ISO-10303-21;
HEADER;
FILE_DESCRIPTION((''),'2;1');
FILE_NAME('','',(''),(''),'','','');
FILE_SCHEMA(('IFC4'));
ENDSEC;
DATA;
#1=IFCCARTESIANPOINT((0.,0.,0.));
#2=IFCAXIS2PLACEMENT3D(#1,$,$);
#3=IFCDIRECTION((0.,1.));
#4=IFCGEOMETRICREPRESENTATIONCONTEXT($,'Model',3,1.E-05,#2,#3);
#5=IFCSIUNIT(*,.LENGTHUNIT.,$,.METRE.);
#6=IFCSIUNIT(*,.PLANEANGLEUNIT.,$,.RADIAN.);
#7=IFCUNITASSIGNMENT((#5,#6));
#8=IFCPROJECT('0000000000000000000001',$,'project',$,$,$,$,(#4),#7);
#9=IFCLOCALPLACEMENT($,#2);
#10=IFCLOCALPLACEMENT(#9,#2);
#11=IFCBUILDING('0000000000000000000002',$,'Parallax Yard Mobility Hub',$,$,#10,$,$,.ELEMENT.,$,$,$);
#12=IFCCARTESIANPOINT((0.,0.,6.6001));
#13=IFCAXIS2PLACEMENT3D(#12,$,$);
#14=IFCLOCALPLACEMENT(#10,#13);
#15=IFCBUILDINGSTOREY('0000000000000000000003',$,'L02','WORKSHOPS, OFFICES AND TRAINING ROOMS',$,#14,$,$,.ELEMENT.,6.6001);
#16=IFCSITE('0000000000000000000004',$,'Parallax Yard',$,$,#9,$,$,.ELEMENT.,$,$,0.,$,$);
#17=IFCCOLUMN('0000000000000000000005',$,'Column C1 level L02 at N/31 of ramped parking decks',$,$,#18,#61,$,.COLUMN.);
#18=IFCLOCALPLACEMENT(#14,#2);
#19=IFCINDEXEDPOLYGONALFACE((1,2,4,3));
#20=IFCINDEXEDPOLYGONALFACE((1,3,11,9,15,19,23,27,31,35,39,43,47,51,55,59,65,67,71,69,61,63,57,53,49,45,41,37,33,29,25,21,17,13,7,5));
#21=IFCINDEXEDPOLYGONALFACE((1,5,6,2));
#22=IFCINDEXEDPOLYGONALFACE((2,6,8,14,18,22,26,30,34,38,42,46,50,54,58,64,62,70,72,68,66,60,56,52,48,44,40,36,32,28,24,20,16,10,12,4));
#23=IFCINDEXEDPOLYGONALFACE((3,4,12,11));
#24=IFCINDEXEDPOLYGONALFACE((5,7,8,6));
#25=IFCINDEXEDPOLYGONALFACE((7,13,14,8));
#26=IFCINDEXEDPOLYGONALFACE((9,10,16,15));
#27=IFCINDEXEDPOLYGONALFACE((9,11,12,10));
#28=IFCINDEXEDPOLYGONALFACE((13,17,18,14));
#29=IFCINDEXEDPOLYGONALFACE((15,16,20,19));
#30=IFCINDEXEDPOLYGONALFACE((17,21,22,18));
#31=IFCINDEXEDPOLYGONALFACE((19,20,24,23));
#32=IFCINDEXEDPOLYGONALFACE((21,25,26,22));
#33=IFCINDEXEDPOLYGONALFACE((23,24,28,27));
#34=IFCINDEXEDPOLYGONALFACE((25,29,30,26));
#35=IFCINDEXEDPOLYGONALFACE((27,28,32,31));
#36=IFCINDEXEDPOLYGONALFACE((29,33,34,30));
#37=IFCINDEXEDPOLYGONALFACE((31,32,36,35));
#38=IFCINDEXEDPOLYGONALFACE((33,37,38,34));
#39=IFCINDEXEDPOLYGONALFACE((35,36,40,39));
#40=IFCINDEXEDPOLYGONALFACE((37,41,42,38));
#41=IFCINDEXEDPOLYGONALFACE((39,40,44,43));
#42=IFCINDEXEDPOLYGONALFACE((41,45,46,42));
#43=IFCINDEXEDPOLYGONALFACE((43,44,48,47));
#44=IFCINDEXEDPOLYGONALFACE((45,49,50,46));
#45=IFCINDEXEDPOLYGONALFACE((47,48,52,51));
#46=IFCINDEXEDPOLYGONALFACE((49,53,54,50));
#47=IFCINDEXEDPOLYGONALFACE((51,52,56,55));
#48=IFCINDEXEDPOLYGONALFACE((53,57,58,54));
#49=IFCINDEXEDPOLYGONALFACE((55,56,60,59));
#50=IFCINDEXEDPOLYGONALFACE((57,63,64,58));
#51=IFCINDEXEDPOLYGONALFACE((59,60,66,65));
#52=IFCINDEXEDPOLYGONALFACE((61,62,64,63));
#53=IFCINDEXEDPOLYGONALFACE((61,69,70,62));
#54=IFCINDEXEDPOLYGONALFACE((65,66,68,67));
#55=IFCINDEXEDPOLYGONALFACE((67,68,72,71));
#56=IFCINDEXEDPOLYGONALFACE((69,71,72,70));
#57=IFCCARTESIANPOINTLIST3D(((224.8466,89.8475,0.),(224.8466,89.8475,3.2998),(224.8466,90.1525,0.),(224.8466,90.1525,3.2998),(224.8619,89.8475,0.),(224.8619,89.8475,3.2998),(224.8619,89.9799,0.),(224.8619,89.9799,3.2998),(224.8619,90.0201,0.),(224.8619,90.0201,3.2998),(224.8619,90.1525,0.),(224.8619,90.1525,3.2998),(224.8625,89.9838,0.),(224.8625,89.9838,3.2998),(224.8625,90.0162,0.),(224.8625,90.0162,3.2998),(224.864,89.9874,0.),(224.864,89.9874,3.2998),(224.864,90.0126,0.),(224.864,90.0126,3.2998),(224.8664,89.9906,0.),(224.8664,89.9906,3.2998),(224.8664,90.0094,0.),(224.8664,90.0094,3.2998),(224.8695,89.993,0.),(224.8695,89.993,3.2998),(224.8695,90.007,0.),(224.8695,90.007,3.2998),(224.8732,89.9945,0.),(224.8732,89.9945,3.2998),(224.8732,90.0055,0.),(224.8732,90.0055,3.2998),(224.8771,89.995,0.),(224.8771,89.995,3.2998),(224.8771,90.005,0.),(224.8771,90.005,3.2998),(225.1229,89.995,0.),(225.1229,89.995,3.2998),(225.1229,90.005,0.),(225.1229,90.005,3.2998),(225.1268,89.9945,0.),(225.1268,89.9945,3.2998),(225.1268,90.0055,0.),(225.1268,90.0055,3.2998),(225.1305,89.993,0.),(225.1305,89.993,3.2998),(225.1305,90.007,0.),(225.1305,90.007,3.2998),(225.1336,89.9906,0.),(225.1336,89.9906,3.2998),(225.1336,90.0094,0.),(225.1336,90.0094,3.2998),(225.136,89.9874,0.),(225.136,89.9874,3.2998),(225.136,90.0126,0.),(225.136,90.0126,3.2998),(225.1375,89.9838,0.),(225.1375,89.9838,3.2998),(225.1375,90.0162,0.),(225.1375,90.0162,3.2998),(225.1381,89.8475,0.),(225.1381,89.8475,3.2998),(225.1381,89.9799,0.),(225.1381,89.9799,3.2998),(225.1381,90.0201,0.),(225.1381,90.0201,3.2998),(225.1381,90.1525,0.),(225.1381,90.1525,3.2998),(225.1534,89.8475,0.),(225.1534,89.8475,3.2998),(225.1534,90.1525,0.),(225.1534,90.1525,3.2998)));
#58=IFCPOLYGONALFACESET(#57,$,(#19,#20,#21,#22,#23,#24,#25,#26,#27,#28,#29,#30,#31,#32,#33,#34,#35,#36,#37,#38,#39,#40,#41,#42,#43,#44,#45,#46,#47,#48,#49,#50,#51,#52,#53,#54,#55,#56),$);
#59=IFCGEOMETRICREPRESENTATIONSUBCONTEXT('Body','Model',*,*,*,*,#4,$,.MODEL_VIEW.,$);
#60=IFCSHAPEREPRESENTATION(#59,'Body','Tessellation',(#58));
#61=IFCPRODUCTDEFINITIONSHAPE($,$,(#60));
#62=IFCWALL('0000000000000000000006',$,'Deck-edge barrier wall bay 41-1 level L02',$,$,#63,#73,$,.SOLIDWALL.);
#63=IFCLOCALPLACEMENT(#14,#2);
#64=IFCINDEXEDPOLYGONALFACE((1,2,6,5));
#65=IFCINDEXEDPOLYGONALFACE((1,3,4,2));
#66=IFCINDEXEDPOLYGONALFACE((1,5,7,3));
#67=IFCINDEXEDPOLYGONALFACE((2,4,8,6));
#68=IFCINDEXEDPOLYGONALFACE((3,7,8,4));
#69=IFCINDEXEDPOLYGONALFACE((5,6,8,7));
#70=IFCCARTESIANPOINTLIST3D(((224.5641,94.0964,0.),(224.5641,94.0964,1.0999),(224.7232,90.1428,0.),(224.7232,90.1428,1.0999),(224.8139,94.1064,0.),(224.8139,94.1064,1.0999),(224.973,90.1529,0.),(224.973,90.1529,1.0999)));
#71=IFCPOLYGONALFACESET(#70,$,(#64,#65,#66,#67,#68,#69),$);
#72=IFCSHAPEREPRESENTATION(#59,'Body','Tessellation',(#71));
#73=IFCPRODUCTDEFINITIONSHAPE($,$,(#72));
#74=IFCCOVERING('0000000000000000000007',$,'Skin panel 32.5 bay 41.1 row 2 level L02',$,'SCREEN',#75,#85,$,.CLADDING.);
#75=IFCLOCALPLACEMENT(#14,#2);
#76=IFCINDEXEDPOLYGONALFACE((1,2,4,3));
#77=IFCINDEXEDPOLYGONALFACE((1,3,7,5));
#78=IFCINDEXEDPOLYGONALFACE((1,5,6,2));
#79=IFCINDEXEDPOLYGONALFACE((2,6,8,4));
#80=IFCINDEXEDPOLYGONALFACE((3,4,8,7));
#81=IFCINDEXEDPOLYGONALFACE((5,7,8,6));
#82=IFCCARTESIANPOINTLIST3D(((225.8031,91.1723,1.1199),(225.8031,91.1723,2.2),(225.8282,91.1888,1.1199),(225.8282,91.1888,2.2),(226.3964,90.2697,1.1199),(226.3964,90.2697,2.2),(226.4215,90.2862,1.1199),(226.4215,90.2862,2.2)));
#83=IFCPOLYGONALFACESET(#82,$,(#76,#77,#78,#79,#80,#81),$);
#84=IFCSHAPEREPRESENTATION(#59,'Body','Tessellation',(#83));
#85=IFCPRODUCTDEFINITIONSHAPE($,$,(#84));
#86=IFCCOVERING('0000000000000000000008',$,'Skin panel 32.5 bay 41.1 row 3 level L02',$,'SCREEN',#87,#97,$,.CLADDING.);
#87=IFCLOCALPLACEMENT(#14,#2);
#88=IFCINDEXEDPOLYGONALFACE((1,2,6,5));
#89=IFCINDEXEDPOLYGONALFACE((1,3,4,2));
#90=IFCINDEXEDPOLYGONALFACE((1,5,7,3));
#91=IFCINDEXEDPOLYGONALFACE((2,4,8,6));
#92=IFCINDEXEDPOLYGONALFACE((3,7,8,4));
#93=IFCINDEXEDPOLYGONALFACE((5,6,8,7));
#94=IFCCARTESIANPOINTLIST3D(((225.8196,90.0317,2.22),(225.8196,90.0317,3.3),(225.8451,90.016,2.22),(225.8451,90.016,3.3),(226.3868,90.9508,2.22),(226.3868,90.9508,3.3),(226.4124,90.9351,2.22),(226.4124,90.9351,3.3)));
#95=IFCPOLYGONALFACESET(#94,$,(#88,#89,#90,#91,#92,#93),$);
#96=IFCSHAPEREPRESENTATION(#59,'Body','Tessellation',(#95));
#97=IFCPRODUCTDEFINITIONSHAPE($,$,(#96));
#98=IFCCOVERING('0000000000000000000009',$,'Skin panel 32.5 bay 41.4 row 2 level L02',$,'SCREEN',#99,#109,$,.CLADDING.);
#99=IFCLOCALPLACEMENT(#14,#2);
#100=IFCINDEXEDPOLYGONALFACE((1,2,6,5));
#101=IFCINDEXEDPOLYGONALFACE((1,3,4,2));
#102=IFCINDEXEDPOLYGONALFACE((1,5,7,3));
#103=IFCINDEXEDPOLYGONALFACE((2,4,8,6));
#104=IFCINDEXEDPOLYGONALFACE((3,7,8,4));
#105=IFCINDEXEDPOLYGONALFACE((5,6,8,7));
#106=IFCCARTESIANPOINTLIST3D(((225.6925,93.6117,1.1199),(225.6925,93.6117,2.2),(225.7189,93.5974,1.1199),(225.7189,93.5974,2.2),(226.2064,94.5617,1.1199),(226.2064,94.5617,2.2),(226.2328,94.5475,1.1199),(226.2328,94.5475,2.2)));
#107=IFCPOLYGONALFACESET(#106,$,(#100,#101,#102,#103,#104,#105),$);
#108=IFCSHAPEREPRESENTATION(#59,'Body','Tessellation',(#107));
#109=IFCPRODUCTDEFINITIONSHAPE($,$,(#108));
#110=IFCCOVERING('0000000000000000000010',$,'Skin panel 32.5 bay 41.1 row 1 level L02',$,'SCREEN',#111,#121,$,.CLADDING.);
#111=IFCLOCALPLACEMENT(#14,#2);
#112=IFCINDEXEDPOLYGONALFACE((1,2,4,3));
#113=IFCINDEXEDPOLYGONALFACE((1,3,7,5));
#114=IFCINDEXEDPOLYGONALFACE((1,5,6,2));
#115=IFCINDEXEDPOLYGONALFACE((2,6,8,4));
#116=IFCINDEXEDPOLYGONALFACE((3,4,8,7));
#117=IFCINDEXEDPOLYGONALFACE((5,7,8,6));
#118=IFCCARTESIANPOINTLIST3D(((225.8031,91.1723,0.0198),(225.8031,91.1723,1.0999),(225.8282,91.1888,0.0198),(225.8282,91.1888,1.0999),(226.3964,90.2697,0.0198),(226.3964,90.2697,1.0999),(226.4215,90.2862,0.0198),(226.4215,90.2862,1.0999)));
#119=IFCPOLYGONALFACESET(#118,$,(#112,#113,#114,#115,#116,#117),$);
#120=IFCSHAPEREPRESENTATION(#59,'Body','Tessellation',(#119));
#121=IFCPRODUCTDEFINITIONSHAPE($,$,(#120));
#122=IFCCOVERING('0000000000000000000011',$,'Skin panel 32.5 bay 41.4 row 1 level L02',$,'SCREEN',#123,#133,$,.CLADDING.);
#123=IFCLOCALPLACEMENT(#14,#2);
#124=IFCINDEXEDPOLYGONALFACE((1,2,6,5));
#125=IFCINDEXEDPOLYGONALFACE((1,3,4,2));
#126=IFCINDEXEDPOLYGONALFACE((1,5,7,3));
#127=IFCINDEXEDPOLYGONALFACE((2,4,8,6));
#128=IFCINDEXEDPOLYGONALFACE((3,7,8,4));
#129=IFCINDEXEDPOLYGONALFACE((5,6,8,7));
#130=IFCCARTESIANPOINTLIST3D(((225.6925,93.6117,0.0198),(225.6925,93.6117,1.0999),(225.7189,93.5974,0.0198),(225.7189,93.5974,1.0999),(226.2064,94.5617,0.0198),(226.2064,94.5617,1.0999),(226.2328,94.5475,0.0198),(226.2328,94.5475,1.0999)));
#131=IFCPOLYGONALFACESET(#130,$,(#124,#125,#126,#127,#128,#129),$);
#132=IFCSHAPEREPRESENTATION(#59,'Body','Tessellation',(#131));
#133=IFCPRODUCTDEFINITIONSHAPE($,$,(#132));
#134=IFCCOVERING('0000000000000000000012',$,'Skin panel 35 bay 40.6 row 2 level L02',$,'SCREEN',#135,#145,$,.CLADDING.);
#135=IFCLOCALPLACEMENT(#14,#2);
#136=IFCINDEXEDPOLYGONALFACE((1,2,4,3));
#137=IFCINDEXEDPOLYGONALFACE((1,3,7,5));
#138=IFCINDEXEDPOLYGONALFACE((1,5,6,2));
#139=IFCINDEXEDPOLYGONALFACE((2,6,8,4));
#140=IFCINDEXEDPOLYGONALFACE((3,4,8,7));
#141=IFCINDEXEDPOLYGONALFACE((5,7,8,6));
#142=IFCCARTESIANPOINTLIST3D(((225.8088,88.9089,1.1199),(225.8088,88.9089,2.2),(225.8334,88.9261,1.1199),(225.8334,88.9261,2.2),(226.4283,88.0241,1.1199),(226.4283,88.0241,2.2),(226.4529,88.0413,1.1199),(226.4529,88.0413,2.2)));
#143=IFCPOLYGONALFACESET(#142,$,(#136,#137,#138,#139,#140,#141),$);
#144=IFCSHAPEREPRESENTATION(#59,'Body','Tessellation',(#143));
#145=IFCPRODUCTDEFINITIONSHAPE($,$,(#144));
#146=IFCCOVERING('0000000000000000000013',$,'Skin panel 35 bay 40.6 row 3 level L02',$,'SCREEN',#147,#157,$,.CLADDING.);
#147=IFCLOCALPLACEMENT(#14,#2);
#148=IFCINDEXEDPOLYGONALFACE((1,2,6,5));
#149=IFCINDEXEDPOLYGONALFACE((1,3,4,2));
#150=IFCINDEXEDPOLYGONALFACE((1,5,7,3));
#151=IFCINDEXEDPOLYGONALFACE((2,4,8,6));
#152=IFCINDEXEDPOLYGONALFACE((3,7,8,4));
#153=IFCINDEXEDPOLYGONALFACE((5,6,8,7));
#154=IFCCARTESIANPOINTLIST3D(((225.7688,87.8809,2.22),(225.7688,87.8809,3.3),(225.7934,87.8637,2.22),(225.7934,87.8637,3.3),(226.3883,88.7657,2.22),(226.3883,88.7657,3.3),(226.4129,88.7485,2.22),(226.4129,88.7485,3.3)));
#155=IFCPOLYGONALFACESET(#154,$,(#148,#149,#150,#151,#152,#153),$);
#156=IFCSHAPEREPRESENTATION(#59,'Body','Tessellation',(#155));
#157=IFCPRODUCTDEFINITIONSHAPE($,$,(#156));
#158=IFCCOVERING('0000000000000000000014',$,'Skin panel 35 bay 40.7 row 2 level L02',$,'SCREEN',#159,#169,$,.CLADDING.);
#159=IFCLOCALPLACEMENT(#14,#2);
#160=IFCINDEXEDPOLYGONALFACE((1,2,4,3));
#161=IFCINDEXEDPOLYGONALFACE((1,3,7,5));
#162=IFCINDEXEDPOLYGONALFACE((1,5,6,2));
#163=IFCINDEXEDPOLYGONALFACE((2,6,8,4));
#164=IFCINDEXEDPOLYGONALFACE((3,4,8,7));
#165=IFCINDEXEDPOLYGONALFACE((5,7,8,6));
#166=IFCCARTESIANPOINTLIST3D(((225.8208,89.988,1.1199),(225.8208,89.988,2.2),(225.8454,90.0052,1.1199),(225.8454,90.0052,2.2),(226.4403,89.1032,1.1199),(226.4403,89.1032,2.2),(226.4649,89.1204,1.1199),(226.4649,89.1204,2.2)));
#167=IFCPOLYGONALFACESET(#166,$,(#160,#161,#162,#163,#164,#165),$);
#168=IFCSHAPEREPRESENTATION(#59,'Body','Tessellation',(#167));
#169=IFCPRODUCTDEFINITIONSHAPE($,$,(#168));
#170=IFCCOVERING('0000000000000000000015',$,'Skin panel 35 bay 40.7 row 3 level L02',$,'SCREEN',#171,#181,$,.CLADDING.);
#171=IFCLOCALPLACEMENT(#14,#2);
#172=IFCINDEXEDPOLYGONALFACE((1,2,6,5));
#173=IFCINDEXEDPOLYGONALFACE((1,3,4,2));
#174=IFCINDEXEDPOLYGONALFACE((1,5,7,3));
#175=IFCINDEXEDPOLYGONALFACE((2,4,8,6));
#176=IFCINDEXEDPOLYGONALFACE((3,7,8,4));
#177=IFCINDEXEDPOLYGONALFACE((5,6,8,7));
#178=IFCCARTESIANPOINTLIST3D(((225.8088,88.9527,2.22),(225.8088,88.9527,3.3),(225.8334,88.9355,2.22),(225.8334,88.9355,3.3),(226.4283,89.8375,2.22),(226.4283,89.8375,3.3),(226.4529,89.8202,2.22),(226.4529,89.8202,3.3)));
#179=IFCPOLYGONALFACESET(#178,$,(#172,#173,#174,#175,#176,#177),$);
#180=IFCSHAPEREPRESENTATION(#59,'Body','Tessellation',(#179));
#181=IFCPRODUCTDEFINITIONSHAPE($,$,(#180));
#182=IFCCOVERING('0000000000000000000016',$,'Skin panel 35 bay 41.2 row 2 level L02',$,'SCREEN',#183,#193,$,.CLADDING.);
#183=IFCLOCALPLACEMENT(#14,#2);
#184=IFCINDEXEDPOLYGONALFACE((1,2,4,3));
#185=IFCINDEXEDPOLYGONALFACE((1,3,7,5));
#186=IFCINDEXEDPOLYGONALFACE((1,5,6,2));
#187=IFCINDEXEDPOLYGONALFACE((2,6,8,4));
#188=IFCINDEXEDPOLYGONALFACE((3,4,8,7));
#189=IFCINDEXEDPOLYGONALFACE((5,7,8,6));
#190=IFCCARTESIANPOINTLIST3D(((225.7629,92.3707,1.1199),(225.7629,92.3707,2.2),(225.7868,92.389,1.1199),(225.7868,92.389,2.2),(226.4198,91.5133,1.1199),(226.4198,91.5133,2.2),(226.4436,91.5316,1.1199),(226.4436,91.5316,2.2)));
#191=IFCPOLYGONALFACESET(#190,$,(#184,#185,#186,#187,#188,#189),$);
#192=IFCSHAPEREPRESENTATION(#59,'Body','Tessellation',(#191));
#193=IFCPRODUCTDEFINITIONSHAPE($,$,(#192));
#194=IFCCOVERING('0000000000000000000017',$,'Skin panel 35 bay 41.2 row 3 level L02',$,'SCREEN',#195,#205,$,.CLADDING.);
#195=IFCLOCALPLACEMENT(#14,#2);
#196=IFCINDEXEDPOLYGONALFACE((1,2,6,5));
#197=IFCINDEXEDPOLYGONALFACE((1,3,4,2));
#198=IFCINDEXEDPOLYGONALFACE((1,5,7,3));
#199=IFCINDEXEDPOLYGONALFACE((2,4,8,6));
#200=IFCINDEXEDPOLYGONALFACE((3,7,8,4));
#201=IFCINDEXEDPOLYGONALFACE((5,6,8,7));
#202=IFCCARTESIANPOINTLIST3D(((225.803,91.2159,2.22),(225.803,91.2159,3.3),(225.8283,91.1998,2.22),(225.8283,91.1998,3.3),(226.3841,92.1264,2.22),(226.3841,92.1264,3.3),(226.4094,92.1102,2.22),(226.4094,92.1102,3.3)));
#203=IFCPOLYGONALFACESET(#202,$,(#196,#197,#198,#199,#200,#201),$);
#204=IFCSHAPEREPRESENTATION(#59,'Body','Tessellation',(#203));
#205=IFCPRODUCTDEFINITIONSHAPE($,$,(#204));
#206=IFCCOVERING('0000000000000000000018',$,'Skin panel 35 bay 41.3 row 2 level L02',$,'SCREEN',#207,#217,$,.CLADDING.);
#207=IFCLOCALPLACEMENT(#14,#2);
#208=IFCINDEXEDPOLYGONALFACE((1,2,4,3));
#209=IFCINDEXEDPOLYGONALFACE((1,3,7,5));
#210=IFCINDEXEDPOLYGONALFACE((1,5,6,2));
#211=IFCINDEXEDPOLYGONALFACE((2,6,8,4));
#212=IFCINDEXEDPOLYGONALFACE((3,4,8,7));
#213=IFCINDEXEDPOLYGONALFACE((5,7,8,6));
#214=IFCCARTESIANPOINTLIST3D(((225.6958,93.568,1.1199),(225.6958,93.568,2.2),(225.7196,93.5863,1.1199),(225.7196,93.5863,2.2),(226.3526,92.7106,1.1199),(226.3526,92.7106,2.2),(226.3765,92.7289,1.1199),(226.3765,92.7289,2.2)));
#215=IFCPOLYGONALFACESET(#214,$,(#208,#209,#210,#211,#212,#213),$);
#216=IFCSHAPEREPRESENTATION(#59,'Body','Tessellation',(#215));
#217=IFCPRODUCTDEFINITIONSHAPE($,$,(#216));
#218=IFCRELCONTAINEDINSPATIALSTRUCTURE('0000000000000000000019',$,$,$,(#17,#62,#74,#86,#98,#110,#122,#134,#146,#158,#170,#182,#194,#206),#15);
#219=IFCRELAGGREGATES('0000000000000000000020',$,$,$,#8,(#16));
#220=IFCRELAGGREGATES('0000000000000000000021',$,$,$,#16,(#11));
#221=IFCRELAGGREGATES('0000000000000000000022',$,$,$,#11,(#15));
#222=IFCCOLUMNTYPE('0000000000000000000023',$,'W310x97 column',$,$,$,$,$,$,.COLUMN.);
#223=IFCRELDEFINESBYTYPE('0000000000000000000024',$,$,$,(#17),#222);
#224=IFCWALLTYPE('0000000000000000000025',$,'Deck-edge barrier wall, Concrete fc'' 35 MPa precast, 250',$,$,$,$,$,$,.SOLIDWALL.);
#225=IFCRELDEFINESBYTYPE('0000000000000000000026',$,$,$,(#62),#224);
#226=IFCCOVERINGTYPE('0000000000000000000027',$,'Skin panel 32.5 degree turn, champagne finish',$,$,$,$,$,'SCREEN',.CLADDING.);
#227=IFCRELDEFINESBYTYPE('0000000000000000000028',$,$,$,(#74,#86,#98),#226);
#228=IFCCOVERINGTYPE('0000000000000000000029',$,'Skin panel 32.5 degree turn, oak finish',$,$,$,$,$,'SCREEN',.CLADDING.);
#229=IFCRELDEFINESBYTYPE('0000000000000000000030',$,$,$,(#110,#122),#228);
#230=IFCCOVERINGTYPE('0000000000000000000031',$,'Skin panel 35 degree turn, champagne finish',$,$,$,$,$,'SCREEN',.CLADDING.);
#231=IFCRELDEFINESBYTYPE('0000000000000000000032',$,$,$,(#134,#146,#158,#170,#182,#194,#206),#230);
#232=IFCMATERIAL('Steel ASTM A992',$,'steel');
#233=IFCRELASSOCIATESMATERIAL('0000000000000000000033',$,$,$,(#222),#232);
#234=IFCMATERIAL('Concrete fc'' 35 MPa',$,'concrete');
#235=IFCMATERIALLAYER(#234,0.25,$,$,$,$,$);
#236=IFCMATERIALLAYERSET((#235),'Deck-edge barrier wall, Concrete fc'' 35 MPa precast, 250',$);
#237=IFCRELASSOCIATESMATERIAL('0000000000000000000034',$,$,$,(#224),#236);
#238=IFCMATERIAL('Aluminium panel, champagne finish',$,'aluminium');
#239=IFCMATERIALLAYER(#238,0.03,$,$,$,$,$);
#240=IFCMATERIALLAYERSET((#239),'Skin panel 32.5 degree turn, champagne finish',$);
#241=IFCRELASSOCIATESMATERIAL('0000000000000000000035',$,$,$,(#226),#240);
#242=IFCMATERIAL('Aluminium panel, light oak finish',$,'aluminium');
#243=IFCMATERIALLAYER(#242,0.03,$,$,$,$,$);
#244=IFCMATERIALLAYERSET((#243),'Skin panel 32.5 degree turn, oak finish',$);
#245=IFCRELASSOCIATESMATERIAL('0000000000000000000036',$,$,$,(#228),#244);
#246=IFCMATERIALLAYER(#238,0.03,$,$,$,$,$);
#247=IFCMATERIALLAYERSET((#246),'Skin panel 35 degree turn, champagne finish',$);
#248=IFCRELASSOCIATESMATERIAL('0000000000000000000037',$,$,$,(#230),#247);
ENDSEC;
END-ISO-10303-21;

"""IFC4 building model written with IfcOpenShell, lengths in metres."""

from ifc_helpers import new_model, si_unit, direction, frame, frame_2d, origin, origin_2d, place, context, subcontext, project, spatial, rectangle, i_section, extrude, material, layer, layer_set, material_profile, profile_set, type_object, element, save


model = new_model("IFC4")

# Units and contexts
model_context = context("Model", 3, precision=1e-05, world=origin(), true_north=direction((0.0, 1.0)))
body_context = subcontext(model_context, "Body", "Model", "MODEL_VIEW")
ifc_project = project(units=[si_unit("LENGTHUNIT", "METRE"), si_unit("PLANEANGLEUNIT", "RADIAN")], contexts=[model_context])

# Site, building, storey
site_placement = place(None, origin())
site = spatial("IfcSite", under=ifc_project, at=site_placement, Name="Parallax Yard", CompositionType="ELEMENT", RefElevation=0.0)
building_placement = place(site_placement, origin())
building = spatial("IfcBuilding", under=site, at=building_placement, Name="Parallax Yard Mobility Hub", CompositionType="ELEMENT")
storey_placement = place(building_placement, frame((0.0, 0.0, 6.6001)))
storey = spatial("IfcBuildingStorey", under=building, at=storey_placement, Name="L02", Description="WORKSHOPS, OFFICES AND TRAINING ROOMS", CompositionType="ELEMENT", Elevation=6.6001)

# Column
ifc_material_1 = material(Name="Steel ASTM A992", Category="steel")
ifc_material_profile_1 = material_profile(ifc_material_1, i_section(OverallWidth=0.3049, OverallDepth=0.3069, WebThickness=0.01, FlangeThickness=0.0154, FilletRadius=0.0151, at=origin_2d()), Name="W310x97")
ifc_profile_set_1 = profile_set([ifc_material_profile_1], Name="Steel ASTM A992")
column_type = type_object("IfcColumnType", Name="W310x97 column", PredefinedType="COLUMN", material=ifc_profile_set_1)
column_placement = place(storey_placement, frame((225.0, 90.0, 0.0), z_axis=(0.0, 0.0, 1.0), x_axis=(0.0, 1.0, 0.0)))
element("IfcColumn", 1, at=column_placement, inside=storey, type_object=column_type, Name="Column C1 level L02 at N/31 of ramped parking decks", PredefinedType="COLUMN", context=body_context, shape_type="SweptSolid", body=[
    extrude(i_section(OverallWidth=0.3049, OverallDepth=0.3069, WebThickness=0.01, FlangeThickness=0.0154, FilletRadius=0.0151, at=origin_2d()), origin(), (0.0, 0.0, 1.0), 3.2998),
])

# Wall
ifc_material_2 = material(Name="Concrete fc' 35 MPa", Category="concrete")
ifc_layer_1 = layer(ifc_material_2, 0.25)
ifc_layer_set_1 = layer_set([ifc_layer_1], Name="Deck-edge barrier wall, Concrete fc' 35 MPa precast, 250")
wall_type = type_object("IfcWallType", Name="Deck-edge barrier wall, Concrete fc' 35 MPa precast, 250", PredefinedType="SOLIDWALL", material=ifc_layer_set_1)
wall_placement = place(storey_placement, frame((224.8481, 90.1477, 0.0), z_axis=(0.0, 0.0, 1.0), x_axis=(-0.040229, 0.99919, 0.0)))
element("IfcWall", 2, at=wall_placement, inside=storey, type_object=wall_type, Name="Deck-edge barrier wall bay 41-1 level L02", PredefinedType="SOLIDWALL", context=body_context, shape_type="SweptSolid", body=[
    extrude(rectangle(XDim=3.9568, YDim=0.25, at=frame_2d((1.9785, 0.0))), origin(), (0.0, 0.0, 1.0), 1.0999),
])

# Coverings
ifc_material_3 = material(Name="Aluminium panel, champagne finish", Category="aluminium")
ifc_layer_2 = layer(ifc_material_3, 0.03)
ifc_layer_set_2 = layer_set([ifc_layer_2], Name="Skin panel 32.5 degree turn, champagne finish")
covering_type_1 = type_object("IfcCoveringType", Name="Skin panel 32.5 degree turn, champagne finish", ElementType="SCREEN", PredefinedType="CLADDING", material=ifc_layer_set_2)
for number, where, z_axis, x_axis, name in (
    (3, (226.1123, 90.7292, 1.1199), (0.0, 0.0, 1.0), (0.549288, -0.835633, 0.0), "Skin panel 32.5 bay 41.1 row 2 level L02"),
    (4, (226.116, 90.4834, 2.22), (0.0, 0.0, 1.0), (0.525201, 0.850978, 0.0), "Skin panel 32.5 bay 41.1 row 3 level L02"),
    (5, (225.9626, 94.0796, 1.1199), (0.0, 0.0, 1.0), (0.475764, 0.879573, 0.0), "Skin panel 32.5 bay 41.4 row 2 level L02"),
):
    element("IfcCovering", number, at=place(storey_placement, frame(where, z_axis=z_axis, x_axis=x_axis)), inside=storey, type_object=covering_type_1, Name=name, ObjectType="SCREEN", PredefinedType="CLADDING", context=body_context, shape_type="SweptSolid", body=[
        extrude(rectangle(XDim=1.0801, YDim=0.03, at=origin_2d()), origin(), (0.0, 0.0, 1.0), 1.0801),
    ])
ifc_material_4 = material(Name="Aluminium panel, light oak finish", Category="aluminium")
ifc_layer_3 = layer(ifc_material_4, 0.03)
ifc_layer_set_3 = layer_set([ifc_layer_3], Name="Skin panel 32.5 degree turn, oak finish")
covering_type_2 = type_object("IfcCoveringType", Name="Skin panel 32.5 degree turn, oak finish", ElementType="SCREEN", PredefinedType="CLADDING", material=ifc_layer_set_3)
for number, where, z_axis, x_axis, name in (
    (6, (226.1123, 90.7292, 0.0198), (0.0, 0.0, 1.0), (0.549288, -0.835633, 0.0), "Skin panel 32.5 bay 41.1 row 1 level L02"),
    (7, (225.9626, 94.0796, 0.0198), (0.0, 0.0, 1.0), (0.475764, 0.879573, 0.0), "Skin panel 32.5 bay 41.4 row 1 level L02"),
):
    element("IfcCovering", number, at=place(storey_placement, frame(where, z_axis=z_axis, x_axis=x_axis)), inside=storey, type_object=covering_type_2, Name=name, ObjectType="SCREEN", PredefinedType="CLADDING", context=body_context, shape_type="SweptSolid", body=[
        extrude(rectangle(XDim=1.0801, YDim=0.03, at=origin_2d()), origin(), (0.0, 0.0, 1.0), 1.0801),
    ])
ifc_layer_4 = layer(ifc_material_3, 0.03)
ifc_layer_set_4 = layer_set([ifc_layer_4], Name="Skin panel 35 degree turn, champagne finish")
covering_type_3 = type_object("IfcCoveringType", Name="Skin panel 35 degree turn, champagne finish", ElementType="SCREEN", PredefinedType="CLADDING", material=ifc_layer_set_4)
for number, where, z_axis, x_axis, name in (
    (8, (226.1309, 88.4751, 1.1199), (0.0, 0.0, 1.0), (0.573576, -0.819152, 0.0), "Skin panel 35 bay 40.6 row 2 level L02"),
    (9, (226.0908, 88.3147, 2.22), (0.0, 0.0, 1.0), (0.573576, 0.819152, 0.0), "Skin panel 35 bay 40.6 row 3 level L02"),
    (10, (226.1428, 89.5542, 1.1199), (0.0, 0.0, 1.0), (0.573576, -0.819152, 0.0), "Skin panel 35 bay 40.7 row 2 level L02"),
    (11, (226.1309, 89.3865, 2.22), (0.0, 0.0, 1.0), (0.573576, 0.819152, 0.0), "Skin panel 35 bay 40.7 row 3 level L02"),
    (12, (226.1033, 91.9512, 1.1199), (0.0, 0.0, 1.0), (0.608131, -0.793837, 0.0), "Skin panel 35 bay 41.2 row 2 level L02"),
    (13, (226.1062, 91.6631, 2.22), (0.0, 0.0, 1.0), (0.537969, 0.842964, 0.0), "Skin panel 35 bay 41.2 row 3 level L02"),
    (14, (226.0361, 93.1484, 1.1199), (0.0, 0.0, 1.0), (0.608131, -0.793837, 0.0), "Skin panel 35 bay 41.3 row 2 level L02"),
):
    element("IfcCovering", number, at=place(storey_placement, frame(where, z_axis=z_axis, x_axis=x_axis)), inside=storey, type_object=covering_type_3, Name=name, ObjectType="SCREEN", PredefinedType="CLADDING", context=body_context, shape_type="SweptSolid", body=[
        extrude(rectangle(XDim=1.0801, YDim=0.03, at=origin_2d()), origin(), (0.0, 0.0, 1.0), 1.0801),
    ])

save(model, "model.ifc")
